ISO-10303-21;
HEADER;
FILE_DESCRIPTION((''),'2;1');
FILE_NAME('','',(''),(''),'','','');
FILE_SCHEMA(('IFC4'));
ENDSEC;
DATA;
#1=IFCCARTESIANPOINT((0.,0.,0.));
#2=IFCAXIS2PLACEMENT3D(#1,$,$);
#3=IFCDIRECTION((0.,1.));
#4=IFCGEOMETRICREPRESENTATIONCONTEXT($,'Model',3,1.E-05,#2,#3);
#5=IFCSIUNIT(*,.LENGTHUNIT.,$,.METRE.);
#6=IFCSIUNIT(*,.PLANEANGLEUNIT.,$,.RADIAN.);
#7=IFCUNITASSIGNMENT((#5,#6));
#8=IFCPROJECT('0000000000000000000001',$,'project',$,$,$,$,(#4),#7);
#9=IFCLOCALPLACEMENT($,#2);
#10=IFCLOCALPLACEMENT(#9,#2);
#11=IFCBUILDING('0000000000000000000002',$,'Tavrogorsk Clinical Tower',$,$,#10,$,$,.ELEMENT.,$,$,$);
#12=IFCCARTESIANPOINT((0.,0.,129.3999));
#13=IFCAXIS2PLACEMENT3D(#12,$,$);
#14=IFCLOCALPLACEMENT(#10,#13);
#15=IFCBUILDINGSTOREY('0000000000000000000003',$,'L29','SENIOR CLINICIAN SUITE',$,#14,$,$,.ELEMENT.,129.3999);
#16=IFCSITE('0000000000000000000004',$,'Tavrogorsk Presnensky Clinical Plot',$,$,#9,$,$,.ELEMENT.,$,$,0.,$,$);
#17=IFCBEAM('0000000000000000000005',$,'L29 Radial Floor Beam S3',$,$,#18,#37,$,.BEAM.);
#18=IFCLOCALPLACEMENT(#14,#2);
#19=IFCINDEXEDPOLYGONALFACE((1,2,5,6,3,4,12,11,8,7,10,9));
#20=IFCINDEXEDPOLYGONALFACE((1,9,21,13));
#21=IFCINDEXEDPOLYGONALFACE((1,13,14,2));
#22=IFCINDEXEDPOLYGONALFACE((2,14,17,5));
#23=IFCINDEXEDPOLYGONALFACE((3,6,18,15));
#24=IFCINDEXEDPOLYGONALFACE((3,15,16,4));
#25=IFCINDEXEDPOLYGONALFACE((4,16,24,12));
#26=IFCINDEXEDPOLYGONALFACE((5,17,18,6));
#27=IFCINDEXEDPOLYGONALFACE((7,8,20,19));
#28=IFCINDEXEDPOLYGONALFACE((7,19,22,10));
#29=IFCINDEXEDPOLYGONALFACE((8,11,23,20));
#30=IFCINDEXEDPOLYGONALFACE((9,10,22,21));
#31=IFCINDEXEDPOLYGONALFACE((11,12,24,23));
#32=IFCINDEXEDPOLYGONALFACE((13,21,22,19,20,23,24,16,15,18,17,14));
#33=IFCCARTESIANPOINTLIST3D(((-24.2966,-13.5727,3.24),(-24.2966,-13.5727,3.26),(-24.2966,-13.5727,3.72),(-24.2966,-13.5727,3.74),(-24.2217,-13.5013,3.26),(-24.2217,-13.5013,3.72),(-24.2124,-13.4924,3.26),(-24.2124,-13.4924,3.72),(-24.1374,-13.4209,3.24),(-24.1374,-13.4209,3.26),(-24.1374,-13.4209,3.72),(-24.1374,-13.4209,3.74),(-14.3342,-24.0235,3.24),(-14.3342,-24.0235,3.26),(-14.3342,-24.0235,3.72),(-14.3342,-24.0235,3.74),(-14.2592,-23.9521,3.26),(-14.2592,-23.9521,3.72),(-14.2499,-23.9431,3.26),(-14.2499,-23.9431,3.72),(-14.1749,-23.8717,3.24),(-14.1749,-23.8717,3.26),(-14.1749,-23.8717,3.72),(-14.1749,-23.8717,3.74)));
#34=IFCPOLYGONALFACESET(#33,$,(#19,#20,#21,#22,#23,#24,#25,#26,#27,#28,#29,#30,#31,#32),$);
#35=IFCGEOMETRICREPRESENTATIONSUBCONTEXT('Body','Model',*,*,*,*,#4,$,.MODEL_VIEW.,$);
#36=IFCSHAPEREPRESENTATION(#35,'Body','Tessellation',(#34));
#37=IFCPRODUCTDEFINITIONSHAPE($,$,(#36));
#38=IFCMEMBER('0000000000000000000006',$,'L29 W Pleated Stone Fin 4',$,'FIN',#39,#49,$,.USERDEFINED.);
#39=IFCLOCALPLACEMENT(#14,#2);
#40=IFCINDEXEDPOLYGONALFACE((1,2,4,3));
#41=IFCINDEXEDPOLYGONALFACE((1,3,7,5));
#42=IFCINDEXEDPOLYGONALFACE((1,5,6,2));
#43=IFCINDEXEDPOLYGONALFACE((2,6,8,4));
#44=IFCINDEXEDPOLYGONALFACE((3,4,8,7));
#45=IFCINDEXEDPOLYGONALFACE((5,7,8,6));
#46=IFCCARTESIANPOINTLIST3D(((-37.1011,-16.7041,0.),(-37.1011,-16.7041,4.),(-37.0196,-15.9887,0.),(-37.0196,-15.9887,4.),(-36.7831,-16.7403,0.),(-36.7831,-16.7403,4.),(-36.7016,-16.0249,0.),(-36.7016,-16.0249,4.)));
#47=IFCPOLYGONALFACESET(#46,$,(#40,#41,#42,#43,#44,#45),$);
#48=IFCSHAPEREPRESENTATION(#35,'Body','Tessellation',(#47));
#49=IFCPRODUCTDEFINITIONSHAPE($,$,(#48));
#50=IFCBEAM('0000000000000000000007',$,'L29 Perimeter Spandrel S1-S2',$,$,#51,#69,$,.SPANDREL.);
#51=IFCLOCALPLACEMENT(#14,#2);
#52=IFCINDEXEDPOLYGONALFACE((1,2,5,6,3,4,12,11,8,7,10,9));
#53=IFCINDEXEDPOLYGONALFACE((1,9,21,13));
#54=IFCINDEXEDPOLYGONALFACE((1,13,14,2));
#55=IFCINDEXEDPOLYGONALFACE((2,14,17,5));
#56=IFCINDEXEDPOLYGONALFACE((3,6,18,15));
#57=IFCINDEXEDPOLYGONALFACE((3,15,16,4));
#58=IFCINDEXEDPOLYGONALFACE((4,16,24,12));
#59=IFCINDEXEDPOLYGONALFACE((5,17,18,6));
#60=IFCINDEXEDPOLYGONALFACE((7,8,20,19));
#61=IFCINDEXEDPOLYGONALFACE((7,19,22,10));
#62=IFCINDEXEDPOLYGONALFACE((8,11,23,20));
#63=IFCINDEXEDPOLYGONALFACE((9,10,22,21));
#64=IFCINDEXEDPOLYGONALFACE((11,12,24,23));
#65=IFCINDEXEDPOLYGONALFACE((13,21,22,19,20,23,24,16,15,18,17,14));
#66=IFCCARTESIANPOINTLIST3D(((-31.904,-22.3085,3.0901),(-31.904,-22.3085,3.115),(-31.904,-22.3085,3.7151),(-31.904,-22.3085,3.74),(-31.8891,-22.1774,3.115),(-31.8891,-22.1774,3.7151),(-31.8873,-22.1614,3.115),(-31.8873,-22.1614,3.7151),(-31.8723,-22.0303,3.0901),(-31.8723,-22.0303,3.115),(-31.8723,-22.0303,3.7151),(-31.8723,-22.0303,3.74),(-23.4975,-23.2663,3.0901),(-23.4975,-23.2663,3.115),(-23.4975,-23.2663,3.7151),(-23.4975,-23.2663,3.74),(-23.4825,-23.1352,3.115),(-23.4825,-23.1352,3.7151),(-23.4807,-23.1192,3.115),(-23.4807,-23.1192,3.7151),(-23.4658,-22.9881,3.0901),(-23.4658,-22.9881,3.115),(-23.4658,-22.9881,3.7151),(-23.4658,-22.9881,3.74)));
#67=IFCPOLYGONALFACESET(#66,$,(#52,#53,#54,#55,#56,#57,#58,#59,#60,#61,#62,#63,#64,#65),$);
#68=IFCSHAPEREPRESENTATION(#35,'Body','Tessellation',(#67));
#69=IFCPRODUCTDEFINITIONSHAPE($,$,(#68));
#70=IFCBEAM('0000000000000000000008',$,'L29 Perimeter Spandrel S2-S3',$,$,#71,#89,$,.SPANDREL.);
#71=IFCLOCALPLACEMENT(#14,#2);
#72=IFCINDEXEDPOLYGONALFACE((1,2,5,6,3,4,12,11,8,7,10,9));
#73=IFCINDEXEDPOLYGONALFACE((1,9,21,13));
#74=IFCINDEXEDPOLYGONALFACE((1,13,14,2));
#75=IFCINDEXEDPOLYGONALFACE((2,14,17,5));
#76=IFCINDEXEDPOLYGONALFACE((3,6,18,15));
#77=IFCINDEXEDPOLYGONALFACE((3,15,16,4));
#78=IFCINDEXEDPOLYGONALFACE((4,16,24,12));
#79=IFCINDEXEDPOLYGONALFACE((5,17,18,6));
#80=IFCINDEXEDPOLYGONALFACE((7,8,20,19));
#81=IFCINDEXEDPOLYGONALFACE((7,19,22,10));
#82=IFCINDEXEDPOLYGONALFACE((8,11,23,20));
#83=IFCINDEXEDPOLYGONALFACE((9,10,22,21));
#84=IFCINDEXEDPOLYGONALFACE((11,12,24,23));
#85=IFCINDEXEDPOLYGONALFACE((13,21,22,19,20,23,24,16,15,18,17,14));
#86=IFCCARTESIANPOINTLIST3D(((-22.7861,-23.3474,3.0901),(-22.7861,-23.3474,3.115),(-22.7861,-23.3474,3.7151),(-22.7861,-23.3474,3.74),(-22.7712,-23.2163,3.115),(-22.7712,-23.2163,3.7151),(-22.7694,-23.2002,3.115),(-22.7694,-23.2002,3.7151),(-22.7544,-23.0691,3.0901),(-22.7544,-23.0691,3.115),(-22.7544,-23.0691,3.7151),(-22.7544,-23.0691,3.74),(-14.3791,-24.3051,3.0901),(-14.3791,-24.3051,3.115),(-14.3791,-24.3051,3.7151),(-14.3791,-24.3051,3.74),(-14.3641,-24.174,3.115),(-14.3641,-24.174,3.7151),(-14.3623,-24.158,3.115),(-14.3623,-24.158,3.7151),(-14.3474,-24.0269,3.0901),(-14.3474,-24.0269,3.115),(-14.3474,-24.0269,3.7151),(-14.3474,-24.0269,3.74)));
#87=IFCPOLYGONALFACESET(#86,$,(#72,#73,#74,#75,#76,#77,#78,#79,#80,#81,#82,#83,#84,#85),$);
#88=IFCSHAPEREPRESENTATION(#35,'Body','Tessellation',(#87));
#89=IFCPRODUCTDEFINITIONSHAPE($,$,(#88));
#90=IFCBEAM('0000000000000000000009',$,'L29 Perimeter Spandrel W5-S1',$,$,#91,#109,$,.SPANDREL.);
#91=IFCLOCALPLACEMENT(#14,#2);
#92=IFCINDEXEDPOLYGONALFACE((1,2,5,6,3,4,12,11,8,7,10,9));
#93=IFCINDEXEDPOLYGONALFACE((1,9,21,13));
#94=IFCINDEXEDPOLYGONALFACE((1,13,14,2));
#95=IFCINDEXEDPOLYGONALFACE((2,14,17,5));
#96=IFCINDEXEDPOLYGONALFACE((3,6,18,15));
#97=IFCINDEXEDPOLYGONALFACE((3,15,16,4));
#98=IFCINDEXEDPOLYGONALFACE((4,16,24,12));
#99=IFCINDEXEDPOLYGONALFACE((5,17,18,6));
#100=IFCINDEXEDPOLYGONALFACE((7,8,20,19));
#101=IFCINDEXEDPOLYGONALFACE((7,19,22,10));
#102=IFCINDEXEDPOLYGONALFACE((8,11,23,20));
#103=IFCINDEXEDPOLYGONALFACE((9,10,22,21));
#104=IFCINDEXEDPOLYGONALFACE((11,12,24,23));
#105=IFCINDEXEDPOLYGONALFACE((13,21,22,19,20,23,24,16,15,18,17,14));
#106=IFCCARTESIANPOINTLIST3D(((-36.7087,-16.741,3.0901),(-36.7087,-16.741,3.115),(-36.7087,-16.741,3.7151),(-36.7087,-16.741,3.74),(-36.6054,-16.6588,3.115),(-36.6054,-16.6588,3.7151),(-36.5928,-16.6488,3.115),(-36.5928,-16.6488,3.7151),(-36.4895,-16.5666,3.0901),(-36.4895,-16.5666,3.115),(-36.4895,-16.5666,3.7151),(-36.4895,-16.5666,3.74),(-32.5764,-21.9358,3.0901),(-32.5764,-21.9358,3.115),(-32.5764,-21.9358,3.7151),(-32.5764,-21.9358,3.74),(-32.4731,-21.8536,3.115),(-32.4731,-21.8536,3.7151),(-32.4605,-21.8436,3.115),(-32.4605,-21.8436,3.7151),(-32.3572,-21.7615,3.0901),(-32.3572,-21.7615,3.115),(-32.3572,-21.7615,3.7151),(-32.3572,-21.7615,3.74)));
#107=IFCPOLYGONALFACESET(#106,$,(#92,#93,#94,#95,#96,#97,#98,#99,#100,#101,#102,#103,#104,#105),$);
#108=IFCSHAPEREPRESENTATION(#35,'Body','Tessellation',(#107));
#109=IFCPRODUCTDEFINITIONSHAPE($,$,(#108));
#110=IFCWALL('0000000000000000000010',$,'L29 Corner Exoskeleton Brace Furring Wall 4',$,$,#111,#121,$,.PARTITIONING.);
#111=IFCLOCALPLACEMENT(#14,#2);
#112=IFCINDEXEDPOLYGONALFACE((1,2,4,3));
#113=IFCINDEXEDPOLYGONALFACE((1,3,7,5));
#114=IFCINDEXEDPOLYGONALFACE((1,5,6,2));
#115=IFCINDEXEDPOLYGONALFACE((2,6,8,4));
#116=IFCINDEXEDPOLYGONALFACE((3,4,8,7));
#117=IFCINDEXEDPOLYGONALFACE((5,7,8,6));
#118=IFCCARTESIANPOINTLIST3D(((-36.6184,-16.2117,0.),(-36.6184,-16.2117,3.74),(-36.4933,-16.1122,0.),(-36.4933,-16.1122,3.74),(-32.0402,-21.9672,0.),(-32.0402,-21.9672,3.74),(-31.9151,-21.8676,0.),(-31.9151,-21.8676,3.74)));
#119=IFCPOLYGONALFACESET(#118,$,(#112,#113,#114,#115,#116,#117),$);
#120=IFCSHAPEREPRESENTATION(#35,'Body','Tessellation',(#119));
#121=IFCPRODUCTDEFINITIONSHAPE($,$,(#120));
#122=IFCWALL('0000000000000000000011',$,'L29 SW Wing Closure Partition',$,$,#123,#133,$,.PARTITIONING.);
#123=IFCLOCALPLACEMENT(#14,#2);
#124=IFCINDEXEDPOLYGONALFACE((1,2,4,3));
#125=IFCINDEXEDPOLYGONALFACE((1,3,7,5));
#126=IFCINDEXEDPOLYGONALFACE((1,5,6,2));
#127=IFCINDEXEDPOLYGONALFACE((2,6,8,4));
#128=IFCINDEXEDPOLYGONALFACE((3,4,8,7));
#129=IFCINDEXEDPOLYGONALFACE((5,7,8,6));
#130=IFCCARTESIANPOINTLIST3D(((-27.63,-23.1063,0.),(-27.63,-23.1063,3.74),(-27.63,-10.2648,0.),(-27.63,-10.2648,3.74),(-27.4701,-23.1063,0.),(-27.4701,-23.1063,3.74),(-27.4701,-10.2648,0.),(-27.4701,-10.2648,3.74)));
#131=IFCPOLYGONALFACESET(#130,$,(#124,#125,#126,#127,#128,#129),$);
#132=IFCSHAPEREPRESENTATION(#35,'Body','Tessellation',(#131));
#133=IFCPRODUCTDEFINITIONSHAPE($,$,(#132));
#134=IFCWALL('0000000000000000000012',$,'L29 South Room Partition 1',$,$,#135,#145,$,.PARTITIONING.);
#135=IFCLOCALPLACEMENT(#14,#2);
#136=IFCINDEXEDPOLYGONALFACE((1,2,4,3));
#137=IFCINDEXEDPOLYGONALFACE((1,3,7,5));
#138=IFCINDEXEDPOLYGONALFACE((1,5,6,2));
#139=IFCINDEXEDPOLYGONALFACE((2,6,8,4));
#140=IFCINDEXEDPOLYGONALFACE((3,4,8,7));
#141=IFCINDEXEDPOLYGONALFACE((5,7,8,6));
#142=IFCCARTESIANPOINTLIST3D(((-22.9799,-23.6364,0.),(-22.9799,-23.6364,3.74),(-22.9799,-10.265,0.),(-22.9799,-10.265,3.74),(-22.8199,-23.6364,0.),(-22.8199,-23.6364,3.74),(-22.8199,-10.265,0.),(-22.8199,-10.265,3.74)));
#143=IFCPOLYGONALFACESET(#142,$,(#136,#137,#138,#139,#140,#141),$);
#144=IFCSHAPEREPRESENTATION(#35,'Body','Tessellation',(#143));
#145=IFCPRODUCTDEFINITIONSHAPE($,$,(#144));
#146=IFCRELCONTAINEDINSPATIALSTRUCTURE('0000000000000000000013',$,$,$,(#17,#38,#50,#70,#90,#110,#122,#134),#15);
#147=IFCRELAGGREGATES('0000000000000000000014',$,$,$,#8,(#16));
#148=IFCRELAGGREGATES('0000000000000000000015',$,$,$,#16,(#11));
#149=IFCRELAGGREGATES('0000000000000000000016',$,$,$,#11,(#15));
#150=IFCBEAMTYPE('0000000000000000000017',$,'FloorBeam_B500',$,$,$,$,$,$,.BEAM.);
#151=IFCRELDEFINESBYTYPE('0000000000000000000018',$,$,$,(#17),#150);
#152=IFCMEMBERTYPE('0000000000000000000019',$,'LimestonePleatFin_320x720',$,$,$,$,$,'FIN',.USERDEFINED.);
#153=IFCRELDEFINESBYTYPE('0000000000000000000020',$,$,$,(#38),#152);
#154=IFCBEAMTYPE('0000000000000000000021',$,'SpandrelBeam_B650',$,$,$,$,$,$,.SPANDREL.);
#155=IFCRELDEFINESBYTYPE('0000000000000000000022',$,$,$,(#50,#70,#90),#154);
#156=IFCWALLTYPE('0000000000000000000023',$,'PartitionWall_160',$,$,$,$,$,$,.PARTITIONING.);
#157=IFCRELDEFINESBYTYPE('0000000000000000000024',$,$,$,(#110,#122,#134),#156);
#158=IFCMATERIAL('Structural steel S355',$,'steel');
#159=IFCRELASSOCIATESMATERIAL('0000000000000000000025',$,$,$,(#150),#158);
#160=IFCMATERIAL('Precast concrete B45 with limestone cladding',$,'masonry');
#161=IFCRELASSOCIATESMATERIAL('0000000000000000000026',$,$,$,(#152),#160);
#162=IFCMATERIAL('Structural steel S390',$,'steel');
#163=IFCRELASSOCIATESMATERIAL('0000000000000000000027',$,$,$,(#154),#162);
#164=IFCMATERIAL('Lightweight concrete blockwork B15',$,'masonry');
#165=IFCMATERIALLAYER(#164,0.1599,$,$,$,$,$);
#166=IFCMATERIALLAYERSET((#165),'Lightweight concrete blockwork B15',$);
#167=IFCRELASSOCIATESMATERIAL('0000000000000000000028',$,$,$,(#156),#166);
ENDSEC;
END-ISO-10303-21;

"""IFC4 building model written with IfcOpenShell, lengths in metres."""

from ifc_helpers import new_model, si_unit, direction, frame, frame_2d, origin, origin_2d, place, context, subcontext, project, spatial, rectangle, i_section, extrude, material, layer, layer_set, material_profile, profile_set, type_object, element, save


model = new_model("IFC4")

# Units and contexts
model_context = context("Model", 3, precision=1e-05, world=origin(), true_north=direction((0.0, 1.0)))
body_context = subcontext(model_context, "Body", "Model", "MODEL_VIEW")
ifc_project = project(units=[si_unit("LENGTHUNIT", "METRE"), si_unit("PLANEANGLEUNIT", "RADIAN")], contexts=[model_context])

# Site, building, storey
site_placement = place(None, origin())
site = spatial("IfcSite", under=ifc_project, at=site_placement, Name="Tavrogorsk Presnensky Clinical Plot", CompositionType="ELEMENT", RefElevation=0.0)
building_placement = place(site_placement, origin())
building = spatial("IfcBuilding", under=site, at=building_placement, Name="Tavrogorsk Clinical Tower", CompositionType="ELEMENT")
storey_placement = place(building_placement, frame((0.0, 0.0, 129.3999)))
storey = spatial("IfcBuildingStorey", under=building, at=storey_placement, Name="L29", Description="SENIOR CLINICIAN SUITE", CompositionType="ELEMENT", Elevation=129.3999)

# Beam
ifc_material_1 = material(Name="Structural steel S355", Category="steel")
ifc_material_profile_1 = material_profile(ifc_material_1, i_section(OverallWidth=0.22, OverallDepth=0.5, WebThickness=0.0129, FlangeThickness=0.02, at=origin_2d()), Name="B-500x220x13x20")
ifc_profile_set_1 = profile_set([ifc_material_profile_1], Name="Structural steel S355")
beam_type_1 = type_object("IfcBeamType", Name="FloorBeam_B500", PredefinedType="BEAM", material=ifc_profile_set_1)
beam_1_placement = place(storey_placement, frame((-24.217, -13.4968, 3.49), z_axis=(0.689995, -0.723814, 0.0), x_axis=(0.723814, 0.689995, 0.0)))
element("IfcBeam", 1, at=beam_1_placement, inside=storey, type_object=beam_type_1, Name="L29 Radial Floor Beam S3", PredefinedType="BEAM", context=body_context, shape_type="SweptSolid", body=[
    extrude(i_section(OverallWidth=0.22, OverallDepth=0.5, WebThickness=0.0129, FlangeThickness=0.02, at=origin_2d()), origin(), (0.0, 0.0, 1.0), 14.4385),
])

# Member
ifc_material_2 = material(Name="Precast concrete B45 with limestone cladding", Category="masonry")
ifc_material_profile_2 = material_profile(ifc_material_2, rectangle(XDim=0.3201, YDim=0.72, at=origin_2d()), Name="LIMESTONE-FIN-320x720")
ifc_profile_set_2 = profile_set([ifc_material_profile_2], Name="Precast concrete B45 with limestone cladding")
member_type_1 = type_object("IfcMemberType", Name="LimestonePleatFin_320x720", ElementType="FIN", PredefinedType="USERDEFINED", material=ifc_profile_set_2)
member_1_placement = place(storey_placement, frame((-36.9014, -16.3645, 0.0), z_axis=(0.0, 0.0, 1.0), x_axis=(0.993572, -0.113203, 0.0)))
element("IfcMember", 2, at=member_1_placement, inside=storey, type_object=member_type_1, Name="L29 W Pleated Stone Fin 4", ObjectType="FIN", PredefinedType="USERDEFINED", context=body_context, shape_type="SweptSolid", body=[
    extrude(rectangle(XDim=0.3201, YDim=0.72, at=origin_2d()), origin(), (0.0, 0.0, 1.0), 4.0),
])

# Beams
ifc_material_3 = material(Name="Structural steel S390", Category="steel")
ifc_material_profile_3 = material_profile(ifc_material_3, i_section(OverallWidth=0.28, OverallDepth=0.6499, WebThickness=0.0161, FlangeThickness=0.0249, at=origin_2d()), Name="B-650x280x16x25")
ifc_profile_set_3 = profile_set([ifc_material_profile_3], Name="Structural steel S390")
beam_type_2 = type_object("IfcBeamType", Name="SpandrelBeam_B650", PredefinedType="SPANDREL", material=ifc_profile_set_3)
beam_2_placement = place(storey_placement, frame((-31.8882, -22.1694, 3.415), z_axis=(0.993572, -0.113199, 0.0), x_axis=(0.113199, 0.993572, 0.0)))
element("IfcBeam", 3, at=beam_2_placement, inside=storey, type_object=beam_type_2, Name="L29 Perimeter Spandrel S1-S2", PredefinedType="SPANDREL", context=body_context, shape_type="SweptSolid", body=[
    extrude(i_section(OverallWidth=0.28, OverallDepth=0.6499, WebThickness=0.0161, FlangeThickness=0.0249, at=origin_2d()), origin(), (0.0, 0.0, 1.0), 8.4609),
])
beam_3_placement = place(storey_placement, frame((-22.7703, -23.2083, 3.415), z_axis=(0.993573, -0.113193, 0.0), x_axis=(0.113193, 0.993573, 0.0)))
element("IfcBeam", 4, at=beam_3_placement, inside=storey, type_object=beam_type_2, Name="L29 Perimeter Spandrel S2-S3", PredefinedType="SPANDREL", context=body_context, shape_type="SweptSolid", body=[
    extrude(i_section(OverallWidth=0.28, OverallDepth=0.6499, WebThickness=0.0161, FlangeThickness=0.0249, at=origin_2d()), origin(), (0.0, 0.0, 1.0), 8.4614),
])
beam_4_placement = place(storey_placement, frame((-36.5991, -16.6538, 3.415), z_axis=(0.622531, -0.782595, 0.0), x_axis=(0.782595, 0.622531, 0.0)))
element("IfcBeam", 5, at=beam_4_placement, inside=storey, type_object=beam_type_2, Name="L29 Perimeter Spandrel W5-S1", PredefinedType="SPANDREL", context=body_context, shape_type="SweptSolid", body=[
    extrude(i_section(OverallWidth=0.28, OverallDepth=0.6499, WebThickness=0.0161, FlangeThickness=0.0249, at=origin_2d()), origin(), (0.0, 0.0, 1.0), 6.6379),
])

# Walls
ifc_material_4 = material(Name="Lightweight concrete blockwork B15", Category="masonry")
ifc_layer_1 = layer(ifc_material_4, 0.1599)
ifc_layer_set_1 = layer_set([ifc_layer_1], Name="Lightweight concrete blockwork B15")
wall_type_1 = type_object("IfcWallType", Name="PartitionWall_160", PredefinedType="PARTITIONING", material=ifc_layer_set_1)
wall_1_placement = place(storey_placement, frame((-36.5559, -16.1619, 0.0), z_axis=(0.0, 0.0, 1.0), x_axis=(0.622523, -0.782602, 0.0)))
element("IfcWall", 6, at=wall_1_placement, inside=storey, type_object=wall_type_1, Name="L29 Corner Exoskeleton Brace Furring Wall 4", PredefinedType="PARTITIONING", context=body_context, shape_type="SweptSolid", body=[
    extrude(rectangle(XDim=7.3542, YDim=0.1599, at=frame_2d((3.6772, 0.0))), origin(), (0.0, 0.0, 1.0), 3.74),
])
wall_2_placement = place(storey_placement, frame((-27.55, -23.1064, 0.0), z_axis=(0.0, 0.0, 1.0), x_axis=(0.0, 1.0, 0.0)))
element("IfcWall", 7, at=wall_2_placement, inside=storey, type_object=wall_type_1, Name="L29 SW Wing Closure Partition", PredefinedType="PARTITIONING", context=body_context, shape_type="SweptSolid", body=[
    extrude(rectangle(XDim=12.8416, YDim=0.1599, at=frame_2d((6.4209, 0.0))), origin(), (0.0, 0.0, 1.0), 3.74),
])
wall_3_placement = place(storey_placement, frame((-22.8999, -23.6362, 0.0), z_axis=(0.0, 0.0, 1.0), x_axis=(0.0, 1.0, 0.0)))
element("IfcWall", 8, at=wall_3_placement, inside=storey, type_object=wall_type_1, Name="L29 South Room Partition 1", PredefinedType="PARTITIONING", context=body_context, shape_type="SweptSolid", body=[
    extrude(rectangle(XDim=13.3713, YDim=0.1599, at=frame_2d((6.6855, 0.0))), origin(), (0.0, 0.0, 1.0), 3.74),
])

save(model, "model.ifc")
